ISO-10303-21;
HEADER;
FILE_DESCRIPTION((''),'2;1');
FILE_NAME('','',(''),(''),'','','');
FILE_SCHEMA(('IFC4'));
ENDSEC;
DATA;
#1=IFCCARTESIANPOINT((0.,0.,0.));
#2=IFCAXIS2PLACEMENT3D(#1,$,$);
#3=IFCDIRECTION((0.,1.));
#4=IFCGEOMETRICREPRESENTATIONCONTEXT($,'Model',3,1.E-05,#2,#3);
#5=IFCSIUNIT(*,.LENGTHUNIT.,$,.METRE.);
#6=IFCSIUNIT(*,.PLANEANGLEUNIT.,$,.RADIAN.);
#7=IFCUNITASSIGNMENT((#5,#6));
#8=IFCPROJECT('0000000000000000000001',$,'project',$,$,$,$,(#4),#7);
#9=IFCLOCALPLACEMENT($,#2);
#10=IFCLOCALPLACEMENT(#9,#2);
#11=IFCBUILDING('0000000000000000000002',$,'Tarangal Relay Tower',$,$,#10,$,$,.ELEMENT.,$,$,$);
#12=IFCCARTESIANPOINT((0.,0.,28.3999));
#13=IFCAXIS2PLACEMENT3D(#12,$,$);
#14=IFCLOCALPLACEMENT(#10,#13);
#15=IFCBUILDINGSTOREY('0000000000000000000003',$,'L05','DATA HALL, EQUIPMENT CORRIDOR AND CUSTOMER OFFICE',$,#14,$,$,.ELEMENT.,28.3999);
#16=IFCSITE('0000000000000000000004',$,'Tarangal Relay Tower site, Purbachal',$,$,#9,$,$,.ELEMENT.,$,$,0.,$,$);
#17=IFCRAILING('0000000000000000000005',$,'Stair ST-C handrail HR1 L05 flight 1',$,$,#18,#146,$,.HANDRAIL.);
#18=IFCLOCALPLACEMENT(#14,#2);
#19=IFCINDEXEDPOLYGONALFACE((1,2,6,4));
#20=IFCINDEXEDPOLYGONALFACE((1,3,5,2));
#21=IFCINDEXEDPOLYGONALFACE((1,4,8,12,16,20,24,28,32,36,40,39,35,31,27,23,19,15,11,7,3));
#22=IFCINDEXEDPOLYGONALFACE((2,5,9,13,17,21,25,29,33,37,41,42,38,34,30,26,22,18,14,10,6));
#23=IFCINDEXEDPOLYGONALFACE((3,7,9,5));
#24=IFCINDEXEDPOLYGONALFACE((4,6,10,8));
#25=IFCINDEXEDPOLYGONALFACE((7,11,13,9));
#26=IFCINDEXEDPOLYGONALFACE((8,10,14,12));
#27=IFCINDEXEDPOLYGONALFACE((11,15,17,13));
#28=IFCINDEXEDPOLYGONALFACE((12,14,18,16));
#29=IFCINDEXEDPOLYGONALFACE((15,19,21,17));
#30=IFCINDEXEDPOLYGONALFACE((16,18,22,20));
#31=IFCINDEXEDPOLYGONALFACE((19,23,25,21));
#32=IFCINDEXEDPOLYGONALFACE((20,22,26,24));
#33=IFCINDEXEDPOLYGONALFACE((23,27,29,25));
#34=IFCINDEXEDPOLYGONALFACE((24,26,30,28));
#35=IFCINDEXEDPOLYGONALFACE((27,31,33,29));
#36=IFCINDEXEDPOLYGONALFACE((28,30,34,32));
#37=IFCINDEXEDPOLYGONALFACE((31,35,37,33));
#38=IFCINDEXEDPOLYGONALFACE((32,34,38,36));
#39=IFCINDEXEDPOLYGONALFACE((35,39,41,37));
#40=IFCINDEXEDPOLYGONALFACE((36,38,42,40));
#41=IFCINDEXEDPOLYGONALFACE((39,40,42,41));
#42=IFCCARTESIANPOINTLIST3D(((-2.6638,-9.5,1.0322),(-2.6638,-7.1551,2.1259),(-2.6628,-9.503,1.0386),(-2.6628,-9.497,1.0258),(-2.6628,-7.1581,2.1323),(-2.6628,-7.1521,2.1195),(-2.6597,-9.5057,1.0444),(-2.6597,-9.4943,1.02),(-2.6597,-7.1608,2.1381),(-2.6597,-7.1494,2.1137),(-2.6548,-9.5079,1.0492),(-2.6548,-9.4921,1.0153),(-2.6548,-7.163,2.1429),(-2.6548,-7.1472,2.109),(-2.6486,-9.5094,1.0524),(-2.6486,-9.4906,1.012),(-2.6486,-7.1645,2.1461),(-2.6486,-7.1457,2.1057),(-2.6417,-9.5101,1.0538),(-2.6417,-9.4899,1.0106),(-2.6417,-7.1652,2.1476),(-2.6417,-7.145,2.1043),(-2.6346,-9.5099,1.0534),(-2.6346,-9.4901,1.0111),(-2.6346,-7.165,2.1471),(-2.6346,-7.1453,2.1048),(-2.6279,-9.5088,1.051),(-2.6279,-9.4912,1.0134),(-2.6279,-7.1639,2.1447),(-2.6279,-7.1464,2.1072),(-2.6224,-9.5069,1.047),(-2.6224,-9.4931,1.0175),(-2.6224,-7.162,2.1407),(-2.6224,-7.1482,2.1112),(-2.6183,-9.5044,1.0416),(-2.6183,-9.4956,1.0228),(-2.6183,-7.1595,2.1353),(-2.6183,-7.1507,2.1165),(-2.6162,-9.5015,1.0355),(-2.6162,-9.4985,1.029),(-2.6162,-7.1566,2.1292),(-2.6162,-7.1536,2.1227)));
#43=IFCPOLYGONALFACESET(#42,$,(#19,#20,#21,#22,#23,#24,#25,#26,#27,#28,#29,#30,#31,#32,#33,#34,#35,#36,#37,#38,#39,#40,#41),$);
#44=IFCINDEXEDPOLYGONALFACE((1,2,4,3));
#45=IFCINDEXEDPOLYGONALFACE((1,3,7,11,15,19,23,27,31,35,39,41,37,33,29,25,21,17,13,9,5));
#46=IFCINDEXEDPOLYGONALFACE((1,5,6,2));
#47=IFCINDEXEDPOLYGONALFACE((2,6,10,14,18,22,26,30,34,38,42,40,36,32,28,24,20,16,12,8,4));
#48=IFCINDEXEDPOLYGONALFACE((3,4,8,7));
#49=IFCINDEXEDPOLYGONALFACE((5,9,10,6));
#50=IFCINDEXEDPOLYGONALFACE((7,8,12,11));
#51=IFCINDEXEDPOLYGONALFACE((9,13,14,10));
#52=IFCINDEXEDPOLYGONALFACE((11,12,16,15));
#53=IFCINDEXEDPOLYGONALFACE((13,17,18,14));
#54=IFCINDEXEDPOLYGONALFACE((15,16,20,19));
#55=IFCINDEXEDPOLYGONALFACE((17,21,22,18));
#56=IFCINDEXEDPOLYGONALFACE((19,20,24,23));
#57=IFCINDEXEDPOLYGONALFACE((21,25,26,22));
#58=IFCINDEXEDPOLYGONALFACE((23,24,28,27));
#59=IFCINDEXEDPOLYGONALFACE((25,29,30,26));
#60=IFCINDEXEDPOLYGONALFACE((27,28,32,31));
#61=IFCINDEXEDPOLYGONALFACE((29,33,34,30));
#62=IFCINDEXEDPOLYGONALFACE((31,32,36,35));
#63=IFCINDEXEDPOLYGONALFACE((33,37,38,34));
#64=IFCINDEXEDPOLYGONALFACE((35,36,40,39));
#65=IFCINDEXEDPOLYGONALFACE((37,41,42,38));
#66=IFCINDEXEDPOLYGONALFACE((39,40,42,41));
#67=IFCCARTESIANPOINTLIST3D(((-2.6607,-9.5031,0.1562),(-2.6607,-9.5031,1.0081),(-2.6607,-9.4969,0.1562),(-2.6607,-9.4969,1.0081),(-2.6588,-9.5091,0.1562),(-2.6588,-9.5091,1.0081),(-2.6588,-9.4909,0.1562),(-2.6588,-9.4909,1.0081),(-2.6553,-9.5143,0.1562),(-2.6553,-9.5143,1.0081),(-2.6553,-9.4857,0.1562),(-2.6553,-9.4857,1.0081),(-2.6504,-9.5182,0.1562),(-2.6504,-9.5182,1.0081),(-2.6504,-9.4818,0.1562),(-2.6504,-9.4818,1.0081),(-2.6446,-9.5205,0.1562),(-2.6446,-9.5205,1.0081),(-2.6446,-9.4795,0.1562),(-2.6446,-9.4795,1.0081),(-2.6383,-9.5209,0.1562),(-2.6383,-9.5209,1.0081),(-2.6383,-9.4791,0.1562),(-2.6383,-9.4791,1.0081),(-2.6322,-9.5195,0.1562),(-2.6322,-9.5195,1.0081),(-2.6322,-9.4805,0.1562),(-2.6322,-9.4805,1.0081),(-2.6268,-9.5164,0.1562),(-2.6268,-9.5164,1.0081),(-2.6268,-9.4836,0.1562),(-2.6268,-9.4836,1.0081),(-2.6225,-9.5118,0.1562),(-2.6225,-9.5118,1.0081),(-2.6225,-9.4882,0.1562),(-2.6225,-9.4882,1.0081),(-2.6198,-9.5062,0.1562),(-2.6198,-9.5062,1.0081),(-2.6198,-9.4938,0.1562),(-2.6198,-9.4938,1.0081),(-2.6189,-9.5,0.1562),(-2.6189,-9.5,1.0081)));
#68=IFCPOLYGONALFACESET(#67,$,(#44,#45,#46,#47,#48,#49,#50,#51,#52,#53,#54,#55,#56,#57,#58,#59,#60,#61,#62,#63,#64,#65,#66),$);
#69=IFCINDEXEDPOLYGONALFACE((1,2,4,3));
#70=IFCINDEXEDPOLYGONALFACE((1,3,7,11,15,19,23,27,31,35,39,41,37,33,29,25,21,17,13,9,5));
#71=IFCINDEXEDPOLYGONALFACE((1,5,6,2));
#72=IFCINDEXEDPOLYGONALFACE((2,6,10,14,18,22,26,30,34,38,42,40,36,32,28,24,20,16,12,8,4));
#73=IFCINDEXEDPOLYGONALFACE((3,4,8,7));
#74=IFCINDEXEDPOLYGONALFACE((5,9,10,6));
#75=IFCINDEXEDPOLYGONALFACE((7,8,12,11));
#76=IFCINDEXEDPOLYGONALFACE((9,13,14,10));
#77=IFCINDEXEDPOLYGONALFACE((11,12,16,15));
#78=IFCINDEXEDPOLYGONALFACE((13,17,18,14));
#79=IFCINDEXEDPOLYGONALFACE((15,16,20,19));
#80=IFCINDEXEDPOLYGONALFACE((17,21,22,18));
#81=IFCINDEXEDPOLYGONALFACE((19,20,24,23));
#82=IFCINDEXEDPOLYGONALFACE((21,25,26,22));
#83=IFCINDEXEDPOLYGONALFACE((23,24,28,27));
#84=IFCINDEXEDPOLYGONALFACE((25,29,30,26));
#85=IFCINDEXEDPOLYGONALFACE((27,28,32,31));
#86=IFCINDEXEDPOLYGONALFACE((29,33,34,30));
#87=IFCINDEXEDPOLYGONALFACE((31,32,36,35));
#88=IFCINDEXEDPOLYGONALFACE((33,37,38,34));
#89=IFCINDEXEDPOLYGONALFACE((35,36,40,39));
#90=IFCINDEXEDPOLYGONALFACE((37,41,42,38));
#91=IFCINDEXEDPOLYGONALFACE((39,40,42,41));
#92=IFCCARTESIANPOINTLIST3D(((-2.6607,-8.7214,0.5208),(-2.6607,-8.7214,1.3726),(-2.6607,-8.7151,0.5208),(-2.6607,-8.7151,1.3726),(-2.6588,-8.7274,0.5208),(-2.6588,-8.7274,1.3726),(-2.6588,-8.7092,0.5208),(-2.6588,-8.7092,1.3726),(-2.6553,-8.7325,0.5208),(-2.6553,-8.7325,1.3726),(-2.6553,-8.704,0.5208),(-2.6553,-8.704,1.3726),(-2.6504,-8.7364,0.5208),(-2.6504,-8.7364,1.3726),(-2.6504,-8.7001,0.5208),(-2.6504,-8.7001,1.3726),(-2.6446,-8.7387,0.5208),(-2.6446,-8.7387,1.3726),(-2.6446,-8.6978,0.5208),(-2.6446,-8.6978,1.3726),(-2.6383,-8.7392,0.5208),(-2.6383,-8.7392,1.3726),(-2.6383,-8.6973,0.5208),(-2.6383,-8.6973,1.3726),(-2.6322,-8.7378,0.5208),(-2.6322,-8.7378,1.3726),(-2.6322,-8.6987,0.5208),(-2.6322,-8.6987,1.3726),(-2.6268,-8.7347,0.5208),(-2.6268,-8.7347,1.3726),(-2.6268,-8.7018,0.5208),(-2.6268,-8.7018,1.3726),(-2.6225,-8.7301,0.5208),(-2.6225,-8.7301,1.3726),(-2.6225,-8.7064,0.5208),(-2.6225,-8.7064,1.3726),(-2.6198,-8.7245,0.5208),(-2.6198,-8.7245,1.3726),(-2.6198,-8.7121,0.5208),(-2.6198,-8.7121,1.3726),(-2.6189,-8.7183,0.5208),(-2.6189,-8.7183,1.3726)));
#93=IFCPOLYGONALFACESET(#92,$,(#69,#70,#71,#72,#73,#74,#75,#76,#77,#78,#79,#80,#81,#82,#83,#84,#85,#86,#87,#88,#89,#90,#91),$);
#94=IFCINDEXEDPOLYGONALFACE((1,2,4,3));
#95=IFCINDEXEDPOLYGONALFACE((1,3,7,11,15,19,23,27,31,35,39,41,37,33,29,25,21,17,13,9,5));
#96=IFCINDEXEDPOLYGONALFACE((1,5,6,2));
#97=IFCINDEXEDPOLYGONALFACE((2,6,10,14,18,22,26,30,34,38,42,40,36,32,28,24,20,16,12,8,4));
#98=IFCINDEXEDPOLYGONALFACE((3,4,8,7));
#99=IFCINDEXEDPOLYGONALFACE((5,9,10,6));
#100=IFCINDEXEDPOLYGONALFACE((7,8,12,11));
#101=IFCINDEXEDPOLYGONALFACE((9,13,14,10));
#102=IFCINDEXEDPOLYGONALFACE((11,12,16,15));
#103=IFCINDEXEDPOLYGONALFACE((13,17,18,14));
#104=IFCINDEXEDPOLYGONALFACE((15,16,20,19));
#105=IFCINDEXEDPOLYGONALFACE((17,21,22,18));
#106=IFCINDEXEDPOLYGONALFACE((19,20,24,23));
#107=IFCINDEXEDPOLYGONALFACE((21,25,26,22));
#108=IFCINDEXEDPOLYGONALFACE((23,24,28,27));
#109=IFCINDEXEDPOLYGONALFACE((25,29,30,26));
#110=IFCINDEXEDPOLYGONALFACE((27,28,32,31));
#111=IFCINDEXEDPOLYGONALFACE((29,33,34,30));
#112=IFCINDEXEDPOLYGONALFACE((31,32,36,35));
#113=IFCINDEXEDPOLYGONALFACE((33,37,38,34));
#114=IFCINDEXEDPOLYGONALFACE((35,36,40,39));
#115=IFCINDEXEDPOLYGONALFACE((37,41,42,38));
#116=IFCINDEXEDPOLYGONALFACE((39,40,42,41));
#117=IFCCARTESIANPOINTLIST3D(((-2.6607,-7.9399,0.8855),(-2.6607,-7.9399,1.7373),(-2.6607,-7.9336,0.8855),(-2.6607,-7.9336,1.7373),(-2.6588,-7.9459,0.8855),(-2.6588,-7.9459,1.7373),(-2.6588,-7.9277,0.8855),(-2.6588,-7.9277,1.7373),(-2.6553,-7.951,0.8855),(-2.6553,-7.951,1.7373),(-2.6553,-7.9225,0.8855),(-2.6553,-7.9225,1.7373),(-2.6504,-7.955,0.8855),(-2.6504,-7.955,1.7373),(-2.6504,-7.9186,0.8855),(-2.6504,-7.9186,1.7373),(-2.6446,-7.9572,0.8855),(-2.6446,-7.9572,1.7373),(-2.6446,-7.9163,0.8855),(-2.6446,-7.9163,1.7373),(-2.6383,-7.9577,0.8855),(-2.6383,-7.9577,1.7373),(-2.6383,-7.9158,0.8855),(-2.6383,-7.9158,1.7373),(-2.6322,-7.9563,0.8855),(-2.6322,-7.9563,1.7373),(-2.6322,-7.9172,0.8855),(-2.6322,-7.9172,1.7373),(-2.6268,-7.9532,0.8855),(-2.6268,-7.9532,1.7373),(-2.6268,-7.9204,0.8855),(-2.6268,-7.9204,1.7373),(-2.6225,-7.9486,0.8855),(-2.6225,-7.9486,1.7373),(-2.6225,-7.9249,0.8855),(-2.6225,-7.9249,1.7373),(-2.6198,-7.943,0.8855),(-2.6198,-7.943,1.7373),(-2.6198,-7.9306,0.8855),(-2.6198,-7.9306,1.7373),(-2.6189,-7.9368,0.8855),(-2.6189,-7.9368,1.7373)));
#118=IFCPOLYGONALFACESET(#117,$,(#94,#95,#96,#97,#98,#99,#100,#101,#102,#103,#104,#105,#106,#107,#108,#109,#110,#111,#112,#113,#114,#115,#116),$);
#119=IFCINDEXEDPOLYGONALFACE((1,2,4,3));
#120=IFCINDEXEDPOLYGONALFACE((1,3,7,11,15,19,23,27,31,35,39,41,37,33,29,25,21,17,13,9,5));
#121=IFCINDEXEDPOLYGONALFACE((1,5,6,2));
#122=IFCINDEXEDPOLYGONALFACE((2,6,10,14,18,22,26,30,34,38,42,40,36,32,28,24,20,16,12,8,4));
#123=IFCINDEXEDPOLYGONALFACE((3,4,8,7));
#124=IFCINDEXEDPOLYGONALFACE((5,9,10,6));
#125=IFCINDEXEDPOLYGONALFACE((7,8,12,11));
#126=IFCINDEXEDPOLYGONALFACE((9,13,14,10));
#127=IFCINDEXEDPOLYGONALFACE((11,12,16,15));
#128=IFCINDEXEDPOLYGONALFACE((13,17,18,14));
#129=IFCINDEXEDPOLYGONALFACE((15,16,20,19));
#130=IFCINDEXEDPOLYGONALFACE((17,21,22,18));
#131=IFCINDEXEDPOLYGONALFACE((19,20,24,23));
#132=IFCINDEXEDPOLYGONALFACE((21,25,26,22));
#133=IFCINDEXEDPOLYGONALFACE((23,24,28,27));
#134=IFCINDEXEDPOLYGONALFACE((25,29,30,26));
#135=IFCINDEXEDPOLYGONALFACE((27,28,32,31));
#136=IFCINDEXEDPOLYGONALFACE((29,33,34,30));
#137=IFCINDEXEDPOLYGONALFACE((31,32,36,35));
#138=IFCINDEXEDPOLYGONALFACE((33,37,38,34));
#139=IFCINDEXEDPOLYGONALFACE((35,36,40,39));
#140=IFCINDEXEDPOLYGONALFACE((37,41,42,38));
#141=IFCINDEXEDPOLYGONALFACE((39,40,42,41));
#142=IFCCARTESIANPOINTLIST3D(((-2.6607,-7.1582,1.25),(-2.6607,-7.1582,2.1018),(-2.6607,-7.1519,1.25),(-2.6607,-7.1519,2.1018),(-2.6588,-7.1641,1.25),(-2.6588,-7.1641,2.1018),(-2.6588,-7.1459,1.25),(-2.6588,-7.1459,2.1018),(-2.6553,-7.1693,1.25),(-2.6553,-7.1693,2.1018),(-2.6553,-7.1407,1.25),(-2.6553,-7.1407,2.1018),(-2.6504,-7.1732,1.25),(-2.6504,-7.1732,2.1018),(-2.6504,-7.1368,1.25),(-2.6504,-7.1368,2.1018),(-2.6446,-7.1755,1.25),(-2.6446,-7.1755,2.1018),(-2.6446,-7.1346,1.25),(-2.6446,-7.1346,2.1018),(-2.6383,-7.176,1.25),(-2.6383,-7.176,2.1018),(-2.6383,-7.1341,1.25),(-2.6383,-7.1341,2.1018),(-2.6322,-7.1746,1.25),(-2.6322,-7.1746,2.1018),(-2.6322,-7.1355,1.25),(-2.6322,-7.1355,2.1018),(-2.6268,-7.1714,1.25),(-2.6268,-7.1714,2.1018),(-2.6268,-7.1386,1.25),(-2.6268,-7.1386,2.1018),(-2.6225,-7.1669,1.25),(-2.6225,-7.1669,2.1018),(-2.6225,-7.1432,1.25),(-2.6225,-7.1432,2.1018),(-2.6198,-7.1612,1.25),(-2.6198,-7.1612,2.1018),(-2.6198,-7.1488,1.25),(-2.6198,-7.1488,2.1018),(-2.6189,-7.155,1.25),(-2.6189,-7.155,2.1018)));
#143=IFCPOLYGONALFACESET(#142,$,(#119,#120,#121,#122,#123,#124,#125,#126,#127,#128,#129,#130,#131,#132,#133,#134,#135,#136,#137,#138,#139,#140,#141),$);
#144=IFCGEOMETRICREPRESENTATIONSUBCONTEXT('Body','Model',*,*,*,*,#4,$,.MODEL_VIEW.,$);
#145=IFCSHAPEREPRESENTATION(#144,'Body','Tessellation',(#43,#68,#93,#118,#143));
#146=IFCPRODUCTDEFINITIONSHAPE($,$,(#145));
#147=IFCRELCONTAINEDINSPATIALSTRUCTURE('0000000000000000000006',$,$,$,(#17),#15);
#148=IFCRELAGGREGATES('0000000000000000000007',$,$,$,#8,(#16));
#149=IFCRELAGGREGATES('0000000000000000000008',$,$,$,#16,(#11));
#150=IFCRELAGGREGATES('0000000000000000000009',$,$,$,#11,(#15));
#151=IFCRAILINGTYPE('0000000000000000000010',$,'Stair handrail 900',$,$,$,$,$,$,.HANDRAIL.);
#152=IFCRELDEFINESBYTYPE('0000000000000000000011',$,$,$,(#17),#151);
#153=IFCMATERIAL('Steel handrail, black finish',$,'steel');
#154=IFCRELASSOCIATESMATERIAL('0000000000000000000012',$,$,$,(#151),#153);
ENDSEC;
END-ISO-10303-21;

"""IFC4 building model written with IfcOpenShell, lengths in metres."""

from ifc_helpers import new_model, si_unit, direction, frame, origin, origin_2d, place, context, subcontext, project, spatial, circle, extrude, material, type_object, element, save


model = new_model("IFC4")

# Units and contexts
model_context = context("Model", 3, precision=1e-05, world=origin(), true_north=direction((0.0, 1.0)))
body_context = subcontext(model_context, "Body", "Model", "MODEL_VIEW")
ifc_project = project(units=[si_unit("LENGTHUNIT", "METRE"), si_unit("PLANEANGLEUNIT", "RADIAN")], contexts=[model_context])

# Site, building, storey
site_placement = place(None, origin())
site = spatial("IfcSite", under=ifc_project, at=site_placement, Name="Tarangal Relay Tower site, Purbachal", CompositionType="ELEMENT", RefElevation=0.0)
building_placement = place(site_placement, origin())
building = spatial("IfcBuilding", under=site, at=building_placement, Name="Tarangal Relay Tower", CompositionType="ELEMENT")
storey_placement = place(building_placement, frame((0.0, 0.0, 28.3999)))
storey = spatial("IfcBuildingStorey", under=building, at=storey_placement, Name="L05", Description="DATA HALL, EQUIPMENT CORRIDOR AND CUSTOMER OFFICE", CompositionType="ELEMENT", Elevation=28.3999)

# Railing
ifc_material_1 = material(Name="Steel handrail, black finish", Category="steel")
railing_type_1 = type_object("IfcRailingType", Name="Stair handrail 900", PredefinedType="HANDRAIL", material=ifc_material_1)
for number, where, name in (
    (1, (-2.6399, -9.5, 0.1562), "Stair ST-C handrail HR1 L05 flight 1"),
):
    element("IfcRailing", number, at=place(storey_placement, frame(where)), inside=storey, type_object=railing_type_1, Name=name, PredefinedType="HANDRAIL", context=body_context, shape_type="SweptSolid", body=[
        extrude(circle(Radius=0.0239, at=origin_2d()), frame((0.0, 0.0, 0.876), z_axis=(0.0, 0.906267, 0.422705), x_axis=(-1.0, 0.0, 0.0)), (0.0, 0.0, 1.0), 2.5874),
        extrude(circle(Radius=0.021, at=origin_2d()), origin(), (0.0, 0.0, 1.0), 0.8518),
        extrude(circle(Radius=0.021, at=origin_2d()), frame((0.0, 0.7817, 0.3645)), (0.0, 0.0, 1.0), 0.8518),
        extrude(circle(Radius=0.021, at=origin_2d()), frame((0.0, 1.5632, 0.7292)), (0.0, 0.0, 1.0), 0.8518),
        extrude(circle(Radius=0.021, at=origin_2d()), frame((0.0, 2.345, 1.0938)), (0.0, 0.0, 1.0), 0.8518),
    ])

save(model, "model.ifc")
